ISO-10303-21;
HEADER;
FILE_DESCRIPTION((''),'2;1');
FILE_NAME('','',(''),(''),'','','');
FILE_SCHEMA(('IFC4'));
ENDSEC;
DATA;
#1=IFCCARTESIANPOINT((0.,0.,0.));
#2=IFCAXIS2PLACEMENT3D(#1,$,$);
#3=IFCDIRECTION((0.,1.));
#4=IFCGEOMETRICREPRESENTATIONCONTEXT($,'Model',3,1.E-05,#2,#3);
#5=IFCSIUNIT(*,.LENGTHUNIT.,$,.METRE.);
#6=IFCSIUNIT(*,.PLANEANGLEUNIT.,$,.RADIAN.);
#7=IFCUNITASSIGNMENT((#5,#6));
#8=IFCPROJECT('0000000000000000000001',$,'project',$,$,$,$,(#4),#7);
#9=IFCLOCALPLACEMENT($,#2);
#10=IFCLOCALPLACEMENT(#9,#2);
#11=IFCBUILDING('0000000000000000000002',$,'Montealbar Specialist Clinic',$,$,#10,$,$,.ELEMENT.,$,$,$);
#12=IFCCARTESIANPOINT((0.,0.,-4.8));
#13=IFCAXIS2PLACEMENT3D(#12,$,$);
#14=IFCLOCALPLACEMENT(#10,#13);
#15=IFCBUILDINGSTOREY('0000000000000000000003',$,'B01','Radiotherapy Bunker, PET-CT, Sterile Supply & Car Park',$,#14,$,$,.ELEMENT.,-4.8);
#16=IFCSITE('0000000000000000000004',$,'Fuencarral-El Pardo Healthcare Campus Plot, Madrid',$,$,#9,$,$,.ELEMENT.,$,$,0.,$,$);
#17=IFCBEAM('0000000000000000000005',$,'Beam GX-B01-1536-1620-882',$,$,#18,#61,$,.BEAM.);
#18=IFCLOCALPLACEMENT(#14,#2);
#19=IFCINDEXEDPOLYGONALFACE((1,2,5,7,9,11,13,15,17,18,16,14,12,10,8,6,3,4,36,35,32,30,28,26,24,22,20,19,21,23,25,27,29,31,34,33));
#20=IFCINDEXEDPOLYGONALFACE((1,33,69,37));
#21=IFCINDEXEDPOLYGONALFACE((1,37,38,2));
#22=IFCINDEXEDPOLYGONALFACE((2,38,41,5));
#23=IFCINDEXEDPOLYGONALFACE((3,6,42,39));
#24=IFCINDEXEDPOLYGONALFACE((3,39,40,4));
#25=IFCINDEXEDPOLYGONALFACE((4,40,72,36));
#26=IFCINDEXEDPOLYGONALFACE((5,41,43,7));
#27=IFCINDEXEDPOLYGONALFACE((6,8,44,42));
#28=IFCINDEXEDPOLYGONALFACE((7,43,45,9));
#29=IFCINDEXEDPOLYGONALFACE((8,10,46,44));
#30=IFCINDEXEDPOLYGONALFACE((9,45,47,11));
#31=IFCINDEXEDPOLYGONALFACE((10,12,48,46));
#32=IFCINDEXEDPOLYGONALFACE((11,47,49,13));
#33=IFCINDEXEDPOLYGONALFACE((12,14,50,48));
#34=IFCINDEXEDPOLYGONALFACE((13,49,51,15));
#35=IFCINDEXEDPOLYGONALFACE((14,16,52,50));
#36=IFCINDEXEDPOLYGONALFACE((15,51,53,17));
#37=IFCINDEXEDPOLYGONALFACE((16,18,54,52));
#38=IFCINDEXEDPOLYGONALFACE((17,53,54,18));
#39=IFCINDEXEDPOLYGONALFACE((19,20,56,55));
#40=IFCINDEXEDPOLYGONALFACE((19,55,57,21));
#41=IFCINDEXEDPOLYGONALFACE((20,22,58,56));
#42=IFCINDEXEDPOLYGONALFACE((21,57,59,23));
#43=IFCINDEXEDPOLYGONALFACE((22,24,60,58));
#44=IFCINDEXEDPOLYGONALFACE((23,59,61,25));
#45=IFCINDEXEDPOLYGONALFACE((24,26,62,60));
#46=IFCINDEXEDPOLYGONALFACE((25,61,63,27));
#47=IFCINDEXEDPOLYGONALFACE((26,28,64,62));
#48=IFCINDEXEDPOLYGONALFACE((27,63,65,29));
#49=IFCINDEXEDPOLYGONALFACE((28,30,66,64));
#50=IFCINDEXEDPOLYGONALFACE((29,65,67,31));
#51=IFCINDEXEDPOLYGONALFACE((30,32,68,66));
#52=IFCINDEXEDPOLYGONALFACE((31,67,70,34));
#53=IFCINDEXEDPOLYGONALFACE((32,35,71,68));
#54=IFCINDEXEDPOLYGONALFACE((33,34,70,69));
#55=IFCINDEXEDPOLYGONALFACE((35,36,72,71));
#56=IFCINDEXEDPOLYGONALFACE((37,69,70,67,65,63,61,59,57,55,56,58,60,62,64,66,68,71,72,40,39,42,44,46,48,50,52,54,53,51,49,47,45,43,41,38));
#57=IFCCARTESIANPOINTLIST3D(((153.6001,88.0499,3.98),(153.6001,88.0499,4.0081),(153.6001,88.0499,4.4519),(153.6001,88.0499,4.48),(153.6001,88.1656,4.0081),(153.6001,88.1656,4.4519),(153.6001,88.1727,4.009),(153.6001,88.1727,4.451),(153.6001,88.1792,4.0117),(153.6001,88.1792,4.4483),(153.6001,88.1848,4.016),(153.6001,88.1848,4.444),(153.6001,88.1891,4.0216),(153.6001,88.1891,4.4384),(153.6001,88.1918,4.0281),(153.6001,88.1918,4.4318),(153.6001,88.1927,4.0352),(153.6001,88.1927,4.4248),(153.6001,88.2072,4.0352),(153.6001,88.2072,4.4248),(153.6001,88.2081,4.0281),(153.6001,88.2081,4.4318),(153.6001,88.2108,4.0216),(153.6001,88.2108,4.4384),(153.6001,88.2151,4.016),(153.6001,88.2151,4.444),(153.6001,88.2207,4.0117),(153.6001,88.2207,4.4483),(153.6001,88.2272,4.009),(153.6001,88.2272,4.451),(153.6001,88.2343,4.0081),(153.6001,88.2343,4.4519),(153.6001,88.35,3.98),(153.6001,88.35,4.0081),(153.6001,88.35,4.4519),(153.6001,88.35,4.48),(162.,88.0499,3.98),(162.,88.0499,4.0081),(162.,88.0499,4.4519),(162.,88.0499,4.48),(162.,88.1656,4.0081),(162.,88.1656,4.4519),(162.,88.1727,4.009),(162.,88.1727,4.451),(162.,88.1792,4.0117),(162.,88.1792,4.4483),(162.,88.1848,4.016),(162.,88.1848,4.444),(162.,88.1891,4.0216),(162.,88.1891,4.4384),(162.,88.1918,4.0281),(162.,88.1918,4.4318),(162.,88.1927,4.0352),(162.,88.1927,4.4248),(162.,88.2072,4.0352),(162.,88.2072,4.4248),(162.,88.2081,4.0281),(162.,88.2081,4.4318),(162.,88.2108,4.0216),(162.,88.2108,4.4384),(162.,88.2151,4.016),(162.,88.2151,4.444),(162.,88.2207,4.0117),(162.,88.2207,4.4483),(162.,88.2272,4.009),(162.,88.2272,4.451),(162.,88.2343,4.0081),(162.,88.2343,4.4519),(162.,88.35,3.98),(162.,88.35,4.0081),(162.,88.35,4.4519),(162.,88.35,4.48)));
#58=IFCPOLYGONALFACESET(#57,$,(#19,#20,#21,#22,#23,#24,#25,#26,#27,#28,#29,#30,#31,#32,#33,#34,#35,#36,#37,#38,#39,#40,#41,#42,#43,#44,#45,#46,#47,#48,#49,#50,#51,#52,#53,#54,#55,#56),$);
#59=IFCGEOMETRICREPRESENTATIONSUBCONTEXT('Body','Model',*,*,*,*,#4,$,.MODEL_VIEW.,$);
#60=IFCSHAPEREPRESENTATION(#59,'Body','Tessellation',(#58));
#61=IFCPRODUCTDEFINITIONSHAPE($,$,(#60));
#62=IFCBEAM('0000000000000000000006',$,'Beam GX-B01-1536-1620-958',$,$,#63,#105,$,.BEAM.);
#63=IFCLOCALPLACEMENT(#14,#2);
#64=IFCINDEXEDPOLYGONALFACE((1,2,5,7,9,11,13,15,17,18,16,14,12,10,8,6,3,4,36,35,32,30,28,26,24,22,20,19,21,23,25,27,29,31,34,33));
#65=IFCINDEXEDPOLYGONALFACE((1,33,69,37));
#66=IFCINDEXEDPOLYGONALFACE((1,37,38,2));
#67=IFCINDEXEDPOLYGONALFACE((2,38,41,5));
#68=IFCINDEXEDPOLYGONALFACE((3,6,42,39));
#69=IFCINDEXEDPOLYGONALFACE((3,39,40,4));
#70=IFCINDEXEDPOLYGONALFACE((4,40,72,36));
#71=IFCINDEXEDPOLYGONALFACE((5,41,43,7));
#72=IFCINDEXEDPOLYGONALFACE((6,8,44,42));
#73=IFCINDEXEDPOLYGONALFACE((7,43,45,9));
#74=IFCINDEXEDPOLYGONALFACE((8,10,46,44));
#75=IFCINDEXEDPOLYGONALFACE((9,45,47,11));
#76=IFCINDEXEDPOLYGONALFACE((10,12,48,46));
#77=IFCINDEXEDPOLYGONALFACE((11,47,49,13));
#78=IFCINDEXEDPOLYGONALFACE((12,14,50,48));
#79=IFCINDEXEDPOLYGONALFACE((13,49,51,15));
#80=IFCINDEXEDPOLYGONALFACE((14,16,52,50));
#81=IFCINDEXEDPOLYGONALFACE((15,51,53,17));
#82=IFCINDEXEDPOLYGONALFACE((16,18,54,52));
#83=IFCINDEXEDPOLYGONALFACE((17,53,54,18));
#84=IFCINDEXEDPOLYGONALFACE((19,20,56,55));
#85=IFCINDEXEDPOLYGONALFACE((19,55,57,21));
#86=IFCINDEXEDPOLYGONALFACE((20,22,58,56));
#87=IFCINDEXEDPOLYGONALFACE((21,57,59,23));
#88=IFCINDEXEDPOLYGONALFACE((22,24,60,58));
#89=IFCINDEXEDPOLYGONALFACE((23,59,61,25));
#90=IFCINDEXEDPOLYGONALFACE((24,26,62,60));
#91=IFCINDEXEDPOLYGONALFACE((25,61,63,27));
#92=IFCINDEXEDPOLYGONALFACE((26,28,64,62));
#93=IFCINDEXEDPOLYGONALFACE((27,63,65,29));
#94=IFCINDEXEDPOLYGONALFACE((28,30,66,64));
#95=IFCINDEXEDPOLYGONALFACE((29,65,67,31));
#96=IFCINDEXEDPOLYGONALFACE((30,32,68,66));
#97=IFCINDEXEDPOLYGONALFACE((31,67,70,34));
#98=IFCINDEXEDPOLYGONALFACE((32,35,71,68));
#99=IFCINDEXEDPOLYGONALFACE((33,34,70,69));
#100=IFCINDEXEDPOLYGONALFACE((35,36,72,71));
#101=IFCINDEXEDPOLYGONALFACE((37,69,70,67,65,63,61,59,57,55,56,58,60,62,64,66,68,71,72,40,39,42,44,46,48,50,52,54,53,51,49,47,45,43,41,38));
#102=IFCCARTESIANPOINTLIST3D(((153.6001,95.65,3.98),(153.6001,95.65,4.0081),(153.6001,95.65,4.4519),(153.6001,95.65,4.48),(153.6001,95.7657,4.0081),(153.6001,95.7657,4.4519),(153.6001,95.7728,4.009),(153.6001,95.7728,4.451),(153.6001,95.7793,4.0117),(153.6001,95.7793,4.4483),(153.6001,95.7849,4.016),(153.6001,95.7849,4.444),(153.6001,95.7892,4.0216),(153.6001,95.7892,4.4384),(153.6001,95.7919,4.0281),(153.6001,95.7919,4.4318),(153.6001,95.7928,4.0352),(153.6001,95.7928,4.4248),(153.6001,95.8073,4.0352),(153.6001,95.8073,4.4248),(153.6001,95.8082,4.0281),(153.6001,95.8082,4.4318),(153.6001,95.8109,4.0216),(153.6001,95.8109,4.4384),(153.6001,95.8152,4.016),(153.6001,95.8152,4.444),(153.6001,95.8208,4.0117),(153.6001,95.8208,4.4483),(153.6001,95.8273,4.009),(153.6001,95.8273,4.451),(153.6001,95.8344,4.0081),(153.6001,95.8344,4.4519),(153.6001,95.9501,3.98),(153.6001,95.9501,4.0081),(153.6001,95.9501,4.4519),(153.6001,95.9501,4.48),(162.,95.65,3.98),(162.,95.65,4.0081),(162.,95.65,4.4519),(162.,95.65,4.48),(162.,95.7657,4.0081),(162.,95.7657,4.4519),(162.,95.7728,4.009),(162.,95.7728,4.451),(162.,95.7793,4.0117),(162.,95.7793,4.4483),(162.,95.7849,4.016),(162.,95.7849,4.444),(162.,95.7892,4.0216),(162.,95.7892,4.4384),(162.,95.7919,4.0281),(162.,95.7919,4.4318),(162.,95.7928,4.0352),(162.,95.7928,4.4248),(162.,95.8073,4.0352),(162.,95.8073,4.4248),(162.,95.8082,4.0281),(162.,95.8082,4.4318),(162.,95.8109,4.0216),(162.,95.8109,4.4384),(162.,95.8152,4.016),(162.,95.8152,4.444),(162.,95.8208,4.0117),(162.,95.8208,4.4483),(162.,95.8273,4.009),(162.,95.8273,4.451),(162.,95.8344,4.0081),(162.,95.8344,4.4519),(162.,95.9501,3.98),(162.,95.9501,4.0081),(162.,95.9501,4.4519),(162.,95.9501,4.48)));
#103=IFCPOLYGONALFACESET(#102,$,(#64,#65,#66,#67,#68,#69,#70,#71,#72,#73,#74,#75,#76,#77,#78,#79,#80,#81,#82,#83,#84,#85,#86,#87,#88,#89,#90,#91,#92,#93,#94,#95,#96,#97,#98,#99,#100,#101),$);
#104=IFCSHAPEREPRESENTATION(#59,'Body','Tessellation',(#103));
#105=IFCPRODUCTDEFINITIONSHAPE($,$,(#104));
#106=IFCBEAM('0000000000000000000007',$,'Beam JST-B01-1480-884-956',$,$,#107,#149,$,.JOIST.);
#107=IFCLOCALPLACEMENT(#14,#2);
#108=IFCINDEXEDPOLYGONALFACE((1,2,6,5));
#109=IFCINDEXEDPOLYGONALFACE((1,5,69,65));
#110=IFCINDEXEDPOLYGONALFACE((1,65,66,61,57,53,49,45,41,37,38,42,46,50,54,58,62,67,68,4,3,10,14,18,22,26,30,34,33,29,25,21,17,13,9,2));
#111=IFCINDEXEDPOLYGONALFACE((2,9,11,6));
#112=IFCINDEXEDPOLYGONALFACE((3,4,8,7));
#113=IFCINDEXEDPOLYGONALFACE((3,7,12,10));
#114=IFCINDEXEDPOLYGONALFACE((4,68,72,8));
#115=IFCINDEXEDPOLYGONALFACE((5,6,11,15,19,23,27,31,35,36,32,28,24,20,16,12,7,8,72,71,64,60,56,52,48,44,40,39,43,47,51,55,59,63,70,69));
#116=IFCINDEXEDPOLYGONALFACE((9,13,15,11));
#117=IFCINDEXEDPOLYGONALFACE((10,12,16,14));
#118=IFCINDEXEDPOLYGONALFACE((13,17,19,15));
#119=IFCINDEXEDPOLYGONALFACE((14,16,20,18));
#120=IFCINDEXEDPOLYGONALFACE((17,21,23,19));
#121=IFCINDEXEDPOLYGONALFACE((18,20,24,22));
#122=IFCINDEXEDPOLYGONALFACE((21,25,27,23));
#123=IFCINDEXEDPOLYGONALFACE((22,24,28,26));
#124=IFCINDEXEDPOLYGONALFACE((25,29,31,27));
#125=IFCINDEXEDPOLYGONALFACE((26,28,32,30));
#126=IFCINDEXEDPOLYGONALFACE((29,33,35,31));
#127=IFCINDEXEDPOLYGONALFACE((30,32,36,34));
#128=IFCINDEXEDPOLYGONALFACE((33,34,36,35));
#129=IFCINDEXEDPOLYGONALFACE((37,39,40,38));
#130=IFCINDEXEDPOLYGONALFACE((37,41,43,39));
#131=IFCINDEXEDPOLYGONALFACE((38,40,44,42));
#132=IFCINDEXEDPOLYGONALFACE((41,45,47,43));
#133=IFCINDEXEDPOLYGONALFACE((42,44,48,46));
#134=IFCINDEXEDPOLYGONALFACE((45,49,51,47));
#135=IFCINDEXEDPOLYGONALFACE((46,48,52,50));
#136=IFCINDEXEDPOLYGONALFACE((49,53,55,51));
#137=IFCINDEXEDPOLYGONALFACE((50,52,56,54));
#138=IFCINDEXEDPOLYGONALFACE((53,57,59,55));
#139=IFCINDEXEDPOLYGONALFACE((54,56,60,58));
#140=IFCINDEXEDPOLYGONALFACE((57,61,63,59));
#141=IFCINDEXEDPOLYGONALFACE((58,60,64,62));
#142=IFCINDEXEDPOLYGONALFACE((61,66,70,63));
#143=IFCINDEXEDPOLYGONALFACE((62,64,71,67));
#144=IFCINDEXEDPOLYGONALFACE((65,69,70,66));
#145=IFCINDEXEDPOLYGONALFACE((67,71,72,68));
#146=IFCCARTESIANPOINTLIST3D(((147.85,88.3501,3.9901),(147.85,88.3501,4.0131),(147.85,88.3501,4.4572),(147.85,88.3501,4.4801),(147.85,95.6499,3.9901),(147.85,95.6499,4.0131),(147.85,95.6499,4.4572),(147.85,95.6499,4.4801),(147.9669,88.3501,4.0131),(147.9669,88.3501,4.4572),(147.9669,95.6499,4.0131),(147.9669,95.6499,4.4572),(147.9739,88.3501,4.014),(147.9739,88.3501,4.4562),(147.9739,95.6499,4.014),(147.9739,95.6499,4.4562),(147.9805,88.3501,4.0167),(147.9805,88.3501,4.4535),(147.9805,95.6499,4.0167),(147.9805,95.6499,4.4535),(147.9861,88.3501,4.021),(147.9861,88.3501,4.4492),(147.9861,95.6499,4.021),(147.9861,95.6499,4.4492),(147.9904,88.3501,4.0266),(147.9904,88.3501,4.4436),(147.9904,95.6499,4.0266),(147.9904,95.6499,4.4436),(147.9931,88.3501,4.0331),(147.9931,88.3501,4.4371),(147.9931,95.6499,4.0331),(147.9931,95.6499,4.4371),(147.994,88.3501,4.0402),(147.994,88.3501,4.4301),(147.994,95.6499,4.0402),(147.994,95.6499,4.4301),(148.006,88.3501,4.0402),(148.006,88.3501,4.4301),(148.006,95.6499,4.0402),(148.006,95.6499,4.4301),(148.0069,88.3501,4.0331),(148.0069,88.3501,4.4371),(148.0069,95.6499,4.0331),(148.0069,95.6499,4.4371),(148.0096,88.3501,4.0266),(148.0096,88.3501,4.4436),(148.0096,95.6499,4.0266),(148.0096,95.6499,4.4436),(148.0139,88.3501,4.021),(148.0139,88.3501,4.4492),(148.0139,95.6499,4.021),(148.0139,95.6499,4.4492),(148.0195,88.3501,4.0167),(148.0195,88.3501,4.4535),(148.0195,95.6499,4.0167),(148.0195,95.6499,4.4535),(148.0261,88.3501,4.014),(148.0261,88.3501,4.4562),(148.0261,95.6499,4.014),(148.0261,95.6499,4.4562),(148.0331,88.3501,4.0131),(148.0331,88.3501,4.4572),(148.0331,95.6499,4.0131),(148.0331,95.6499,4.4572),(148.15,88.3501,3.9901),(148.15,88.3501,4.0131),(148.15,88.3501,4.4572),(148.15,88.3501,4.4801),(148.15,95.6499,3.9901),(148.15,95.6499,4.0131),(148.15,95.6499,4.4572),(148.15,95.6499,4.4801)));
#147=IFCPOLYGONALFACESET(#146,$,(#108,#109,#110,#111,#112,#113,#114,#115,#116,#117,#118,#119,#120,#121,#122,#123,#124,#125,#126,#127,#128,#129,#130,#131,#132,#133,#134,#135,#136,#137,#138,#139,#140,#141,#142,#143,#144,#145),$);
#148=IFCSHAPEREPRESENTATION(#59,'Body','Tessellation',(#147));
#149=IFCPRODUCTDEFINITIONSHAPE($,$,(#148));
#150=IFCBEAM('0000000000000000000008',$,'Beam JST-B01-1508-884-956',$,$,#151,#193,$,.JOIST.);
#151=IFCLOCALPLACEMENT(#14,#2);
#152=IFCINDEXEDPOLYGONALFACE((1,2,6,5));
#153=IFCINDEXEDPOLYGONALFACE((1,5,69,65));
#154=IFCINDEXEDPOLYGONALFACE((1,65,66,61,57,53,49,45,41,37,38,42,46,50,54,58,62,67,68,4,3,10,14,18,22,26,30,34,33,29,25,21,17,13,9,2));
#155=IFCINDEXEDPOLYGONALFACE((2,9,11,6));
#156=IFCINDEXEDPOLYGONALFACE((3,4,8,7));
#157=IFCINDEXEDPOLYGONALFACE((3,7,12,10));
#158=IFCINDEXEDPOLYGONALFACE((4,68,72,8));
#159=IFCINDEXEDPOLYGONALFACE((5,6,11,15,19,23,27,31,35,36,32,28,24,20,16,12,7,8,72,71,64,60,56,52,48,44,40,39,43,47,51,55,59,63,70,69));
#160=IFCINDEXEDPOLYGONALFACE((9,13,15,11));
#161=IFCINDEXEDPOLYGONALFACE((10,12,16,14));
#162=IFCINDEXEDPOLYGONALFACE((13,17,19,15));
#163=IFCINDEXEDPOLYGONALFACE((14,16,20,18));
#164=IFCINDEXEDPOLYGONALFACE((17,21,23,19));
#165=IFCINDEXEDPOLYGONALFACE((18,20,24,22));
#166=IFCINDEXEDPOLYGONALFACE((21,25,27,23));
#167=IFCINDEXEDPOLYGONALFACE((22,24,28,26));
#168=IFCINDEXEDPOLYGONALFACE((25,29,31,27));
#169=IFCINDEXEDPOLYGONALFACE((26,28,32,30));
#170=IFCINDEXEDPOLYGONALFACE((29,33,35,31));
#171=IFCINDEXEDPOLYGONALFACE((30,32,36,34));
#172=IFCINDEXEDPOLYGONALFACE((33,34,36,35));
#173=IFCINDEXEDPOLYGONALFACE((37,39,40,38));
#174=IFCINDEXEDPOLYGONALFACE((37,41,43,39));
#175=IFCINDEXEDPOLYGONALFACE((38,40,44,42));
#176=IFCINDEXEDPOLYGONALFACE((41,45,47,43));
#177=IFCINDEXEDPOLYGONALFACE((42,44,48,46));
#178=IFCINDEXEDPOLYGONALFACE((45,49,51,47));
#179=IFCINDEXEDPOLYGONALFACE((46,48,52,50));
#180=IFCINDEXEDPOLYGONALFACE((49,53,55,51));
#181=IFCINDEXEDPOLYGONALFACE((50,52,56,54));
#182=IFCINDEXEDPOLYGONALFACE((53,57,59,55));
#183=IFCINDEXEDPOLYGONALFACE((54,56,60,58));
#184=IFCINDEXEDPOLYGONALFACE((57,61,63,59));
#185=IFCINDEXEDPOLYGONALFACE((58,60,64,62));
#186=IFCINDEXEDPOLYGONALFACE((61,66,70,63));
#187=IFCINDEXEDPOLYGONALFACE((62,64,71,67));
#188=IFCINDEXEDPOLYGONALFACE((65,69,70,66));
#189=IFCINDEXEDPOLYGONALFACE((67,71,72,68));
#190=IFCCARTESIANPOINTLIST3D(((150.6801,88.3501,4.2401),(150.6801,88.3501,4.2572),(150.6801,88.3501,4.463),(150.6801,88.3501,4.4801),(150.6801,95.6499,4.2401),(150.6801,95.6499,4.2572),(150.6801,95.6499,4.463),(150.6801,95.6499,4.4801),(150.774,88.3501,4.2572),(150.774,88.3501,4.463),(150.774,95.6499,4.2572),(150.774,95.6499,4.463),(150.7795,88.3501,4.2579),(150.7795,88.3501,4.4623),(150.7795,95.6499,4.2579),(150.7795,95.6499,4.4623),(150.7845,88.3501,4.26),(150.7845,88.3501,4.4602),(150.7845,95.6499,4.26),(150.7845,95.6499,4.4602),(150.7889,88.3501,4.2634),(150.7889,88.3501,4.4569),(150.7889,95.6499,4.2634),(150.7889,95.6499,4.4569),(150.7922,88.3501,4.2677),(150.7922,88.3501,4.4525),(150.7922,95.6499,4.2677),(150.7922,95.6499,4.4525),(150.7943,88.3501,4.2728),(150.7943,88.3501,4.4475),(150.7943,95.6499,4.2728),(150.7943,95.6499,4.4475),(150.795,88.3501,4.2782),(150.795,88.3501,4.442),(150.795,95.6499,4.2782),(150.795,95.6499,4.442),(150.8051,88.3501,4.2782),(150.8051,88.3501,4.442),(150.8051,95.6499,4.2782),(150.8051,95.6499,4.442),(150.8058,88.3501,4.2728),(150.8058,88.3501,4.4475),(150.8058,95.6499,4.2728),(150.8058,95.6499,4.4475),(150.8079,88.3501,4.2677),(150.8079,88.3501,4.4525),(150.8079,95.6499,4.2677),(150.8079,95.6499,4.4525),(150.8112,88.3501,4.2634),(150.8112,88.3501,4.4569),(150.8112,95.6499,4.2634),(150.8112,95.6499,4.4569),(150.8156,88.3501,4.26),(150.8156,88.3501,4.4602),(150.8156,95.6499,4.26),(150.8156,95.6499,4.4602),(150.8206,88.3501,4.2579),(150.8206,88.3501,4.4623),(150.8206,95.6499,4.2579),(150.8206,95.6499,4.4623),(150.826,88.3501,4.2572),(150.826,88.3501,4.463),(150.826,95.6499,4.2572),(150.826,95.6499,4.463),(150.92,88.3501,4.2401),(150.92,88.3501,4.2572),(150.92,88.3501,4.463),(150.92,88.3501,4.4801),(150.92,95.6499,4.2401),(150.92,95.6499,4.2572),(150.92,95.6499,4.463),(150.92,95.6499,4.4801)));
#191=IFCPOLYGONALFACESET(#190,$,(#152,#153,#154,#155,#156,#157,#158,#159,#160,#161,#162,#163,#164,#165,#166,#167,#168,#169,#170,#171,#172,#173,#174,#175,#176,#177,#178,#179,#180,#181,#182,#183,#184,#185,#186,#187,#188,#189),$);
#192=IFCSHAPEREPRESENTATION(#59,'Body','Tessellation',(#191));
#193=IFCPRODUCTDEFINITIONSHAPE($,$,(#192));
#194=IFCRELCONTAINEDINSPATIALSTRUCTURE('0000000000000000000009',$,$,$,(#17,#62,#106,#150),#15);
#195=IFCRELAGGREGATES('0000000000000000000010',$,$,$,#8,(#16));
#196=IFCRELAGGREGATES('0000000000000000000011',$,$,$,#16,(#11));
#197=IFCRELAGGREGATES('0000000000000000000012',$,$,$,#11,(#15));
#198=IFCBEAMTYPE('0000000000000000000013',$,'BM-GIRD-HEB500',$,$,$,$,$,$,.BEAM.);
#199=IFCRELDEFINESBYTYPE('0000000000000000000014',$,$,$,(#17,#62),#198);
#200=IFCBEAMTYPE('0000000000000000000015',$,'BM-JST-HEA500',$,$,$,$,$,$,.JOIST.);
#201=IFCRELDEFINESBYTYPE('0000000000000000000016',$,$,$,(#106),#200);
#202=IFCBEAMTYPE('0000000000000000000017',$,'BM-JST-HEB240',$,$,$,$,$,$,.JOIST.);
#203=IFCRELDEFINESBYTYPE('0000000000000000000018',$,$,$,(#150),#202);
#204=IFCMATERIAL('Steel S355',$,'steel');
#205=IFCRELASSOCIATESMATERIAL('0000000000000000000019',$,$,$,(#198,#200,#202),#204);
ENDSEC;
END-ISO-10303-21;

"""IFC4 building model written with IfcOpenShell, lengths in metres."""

from ifc_helpers import new_model, si_unit, direction, frame, origin, origin_2d, place, context, subcontext, project, spatial, i_section, extrude, material, material_profile, profile_set, type_object, element, save


model = new_model("IFC4")

# Units and contexts
model_context = context("Model", 3, precision=1e-05, world=origin(), true_north=direction((0.0, 1.0)))
body_context = subcontext(model_context, "Body", "Model", "MODEL_VIEW")
ifc_project = project(units=[si_unit("LENGTHUNIT", "METRE"), si_unit("PLANEANGLEUNIT", "RADIAN")], contexts=[model_context])

# Site, building, storey
site_placement = place(None, origin())
site = spatial("IfcSite", under=ifc_project, at=site_placement, Name="Fuencarral-El Pardo Healthcare Campus Plot, Madrid", CompositionType="ELEMENT", RefElevation=0.0)
building_placement = place(site_placement, origin())
building = spatial("IfcBuilding", under=site, at=building_placement, Name="Montealbar Specialist Clinic", CompositionType="ELEMENT")
storey_placement = place(building_placement, frame((0.0, 0.0, -4.8)))
storey = spatial("IfcBuildingStorey", under=building, at=storey_placement, Name="B01", Description="Radiotherapy Bunker, PET-CT, Sterile Supply & Car Park", CompositionType="ELEMENT", Elevation=-4.8)

# Shared definitions
ifc_material_1 = material(Name="Steel S355", Category="steel")

# Beams
ifc_material_profile_1 = material_profile(ifc_material_1, i_section(OverallWidth=0.3, OverallDepth=0.5, WebThickness=0.0144, FlangeThickness=0.0281, FilletRadius=0.0271, at=origin_2d()), Name="HEB 500", Category="steel")
ifc_profile_set_1 = profile_set([ifc_material_profile_1], Name="Steel S355")
beam_type_1 = type_object("IfcBeamType", Name="BM-GIRD-HEB500", PredefinedType="BEAM", material=ifc_profile_set_1)
for number, where, z_axis, x_axis, name in (
    (1, (153.6001, 88.2, 4.23), (1.0, 0.0, 0.0), (0.0, 1.0, 0.0), "Beam GX-B01-1536-1620-882"),
    (2, (153.6001, 95.8, 4.23), (1.0, 0.0, 0.0), (0.0, 1.0, 0.0), "Beam GX-B01-1536-1620-958"),
):
    element("IfcBeam", number, at=place(storey_placement, frame(where, z_axis=z_axis, x_axis=x_axis)), inside=storey, type_object=beam_type_1, Name=name, PredefinedType="BEAM", context=body_context, shape_type="SweptSolid", body=[
        extrude(i_section(OverallWidth=0.3, OverallDepth=0.5, WebThickness=0.0144, FlangeThickness=0.0281, FilletRadius=0.0271, at=origin_2d()), origin(), (0.0, 0.0, 1.0), 8.3999),
    ])
ifc_material_profile_2 = material_profile(ifc_material_1, i_section(OverallWidth=0.3, OverallDepth=0.49, WebThickness=0.012, FlangeThickness=0.0229, FilletRadius=0.0271, at=origin_2d()), Name="HEA 500", Category="steel")
ifc_profile_set_2 = profile_set([ifc_material_profile_2], Name="Steel S355")
beam_type_2 = type_object("IfcBeamType", Name="BM-JST-HEA500", PredefinedType="JOIST", material=ifc_profile_set_2)
beam_1_placement = place(storey_placement, frame((148.0, 88.3501, 4.2351), z_axis=(0.0, 1.0, 0.0), x_axis=(-1.0, 0.0, 0.0)))
element("IfcBeam", 3, at=beam_1_placement, inside=storey, type_object=beam_type_2, Name="Beam JST-B01-1480-884-956", PredefinedType="JOIST", context=body_context, shape_type="SweptSolid", body=[
    extrude(i_section(OverallWidth=0.3, OverallDepth=0.49, WebThickness=0.012, FlangeThickness=0.0229, FilletRadius=0.0271, at=origin_2d()), origin(), (0.0, 0.0, 1.0), 7.2998),
])
ifc_material_profile_3 = material_profile(ifc_material_1, i_section(OverallWidth=0.24, OverallDepth=0.24, WebThickness=0.01, FlangeThickness=0.0171, FilletRadius=0.021, at=origin_2d()), Name="HEB 240", Category="steel")
ifc_profile_set_3 = profile_set([ifc_material_profile_3], Name="Steel S355")
beam_type_3 = type_object("IfcBeamType", Name="BM-JST-HEB240", PredefinedType="JOIST", material=ifc_profile_set_3)
beam_2_placement = place(storey_placement, frame((150.8, 88.3501, 4.3601), z_axis=(0.0, 1.0, 0.0), x_axis=(-1.0, 0.0, 0.0)))
element("IfcBeam", 4, at=beam_2_placement, inside=storey, type_object=beam_type_3, Name="Beam JST-B01-1508-884-956", PredefinedType="JOIST", context=body_context, shape_type="SweptSolid", body=[
    extrude(i_section(OverallWidth=0.24, OverallDepth=0.24, WebThickness=0.01, FlangeThickness=0.0171, FilletRadius=0.021, at=origin_2d()), origin(), (0.0, 0.0, 1.0), 7.2998),
])

save(model, "model.ifc")
